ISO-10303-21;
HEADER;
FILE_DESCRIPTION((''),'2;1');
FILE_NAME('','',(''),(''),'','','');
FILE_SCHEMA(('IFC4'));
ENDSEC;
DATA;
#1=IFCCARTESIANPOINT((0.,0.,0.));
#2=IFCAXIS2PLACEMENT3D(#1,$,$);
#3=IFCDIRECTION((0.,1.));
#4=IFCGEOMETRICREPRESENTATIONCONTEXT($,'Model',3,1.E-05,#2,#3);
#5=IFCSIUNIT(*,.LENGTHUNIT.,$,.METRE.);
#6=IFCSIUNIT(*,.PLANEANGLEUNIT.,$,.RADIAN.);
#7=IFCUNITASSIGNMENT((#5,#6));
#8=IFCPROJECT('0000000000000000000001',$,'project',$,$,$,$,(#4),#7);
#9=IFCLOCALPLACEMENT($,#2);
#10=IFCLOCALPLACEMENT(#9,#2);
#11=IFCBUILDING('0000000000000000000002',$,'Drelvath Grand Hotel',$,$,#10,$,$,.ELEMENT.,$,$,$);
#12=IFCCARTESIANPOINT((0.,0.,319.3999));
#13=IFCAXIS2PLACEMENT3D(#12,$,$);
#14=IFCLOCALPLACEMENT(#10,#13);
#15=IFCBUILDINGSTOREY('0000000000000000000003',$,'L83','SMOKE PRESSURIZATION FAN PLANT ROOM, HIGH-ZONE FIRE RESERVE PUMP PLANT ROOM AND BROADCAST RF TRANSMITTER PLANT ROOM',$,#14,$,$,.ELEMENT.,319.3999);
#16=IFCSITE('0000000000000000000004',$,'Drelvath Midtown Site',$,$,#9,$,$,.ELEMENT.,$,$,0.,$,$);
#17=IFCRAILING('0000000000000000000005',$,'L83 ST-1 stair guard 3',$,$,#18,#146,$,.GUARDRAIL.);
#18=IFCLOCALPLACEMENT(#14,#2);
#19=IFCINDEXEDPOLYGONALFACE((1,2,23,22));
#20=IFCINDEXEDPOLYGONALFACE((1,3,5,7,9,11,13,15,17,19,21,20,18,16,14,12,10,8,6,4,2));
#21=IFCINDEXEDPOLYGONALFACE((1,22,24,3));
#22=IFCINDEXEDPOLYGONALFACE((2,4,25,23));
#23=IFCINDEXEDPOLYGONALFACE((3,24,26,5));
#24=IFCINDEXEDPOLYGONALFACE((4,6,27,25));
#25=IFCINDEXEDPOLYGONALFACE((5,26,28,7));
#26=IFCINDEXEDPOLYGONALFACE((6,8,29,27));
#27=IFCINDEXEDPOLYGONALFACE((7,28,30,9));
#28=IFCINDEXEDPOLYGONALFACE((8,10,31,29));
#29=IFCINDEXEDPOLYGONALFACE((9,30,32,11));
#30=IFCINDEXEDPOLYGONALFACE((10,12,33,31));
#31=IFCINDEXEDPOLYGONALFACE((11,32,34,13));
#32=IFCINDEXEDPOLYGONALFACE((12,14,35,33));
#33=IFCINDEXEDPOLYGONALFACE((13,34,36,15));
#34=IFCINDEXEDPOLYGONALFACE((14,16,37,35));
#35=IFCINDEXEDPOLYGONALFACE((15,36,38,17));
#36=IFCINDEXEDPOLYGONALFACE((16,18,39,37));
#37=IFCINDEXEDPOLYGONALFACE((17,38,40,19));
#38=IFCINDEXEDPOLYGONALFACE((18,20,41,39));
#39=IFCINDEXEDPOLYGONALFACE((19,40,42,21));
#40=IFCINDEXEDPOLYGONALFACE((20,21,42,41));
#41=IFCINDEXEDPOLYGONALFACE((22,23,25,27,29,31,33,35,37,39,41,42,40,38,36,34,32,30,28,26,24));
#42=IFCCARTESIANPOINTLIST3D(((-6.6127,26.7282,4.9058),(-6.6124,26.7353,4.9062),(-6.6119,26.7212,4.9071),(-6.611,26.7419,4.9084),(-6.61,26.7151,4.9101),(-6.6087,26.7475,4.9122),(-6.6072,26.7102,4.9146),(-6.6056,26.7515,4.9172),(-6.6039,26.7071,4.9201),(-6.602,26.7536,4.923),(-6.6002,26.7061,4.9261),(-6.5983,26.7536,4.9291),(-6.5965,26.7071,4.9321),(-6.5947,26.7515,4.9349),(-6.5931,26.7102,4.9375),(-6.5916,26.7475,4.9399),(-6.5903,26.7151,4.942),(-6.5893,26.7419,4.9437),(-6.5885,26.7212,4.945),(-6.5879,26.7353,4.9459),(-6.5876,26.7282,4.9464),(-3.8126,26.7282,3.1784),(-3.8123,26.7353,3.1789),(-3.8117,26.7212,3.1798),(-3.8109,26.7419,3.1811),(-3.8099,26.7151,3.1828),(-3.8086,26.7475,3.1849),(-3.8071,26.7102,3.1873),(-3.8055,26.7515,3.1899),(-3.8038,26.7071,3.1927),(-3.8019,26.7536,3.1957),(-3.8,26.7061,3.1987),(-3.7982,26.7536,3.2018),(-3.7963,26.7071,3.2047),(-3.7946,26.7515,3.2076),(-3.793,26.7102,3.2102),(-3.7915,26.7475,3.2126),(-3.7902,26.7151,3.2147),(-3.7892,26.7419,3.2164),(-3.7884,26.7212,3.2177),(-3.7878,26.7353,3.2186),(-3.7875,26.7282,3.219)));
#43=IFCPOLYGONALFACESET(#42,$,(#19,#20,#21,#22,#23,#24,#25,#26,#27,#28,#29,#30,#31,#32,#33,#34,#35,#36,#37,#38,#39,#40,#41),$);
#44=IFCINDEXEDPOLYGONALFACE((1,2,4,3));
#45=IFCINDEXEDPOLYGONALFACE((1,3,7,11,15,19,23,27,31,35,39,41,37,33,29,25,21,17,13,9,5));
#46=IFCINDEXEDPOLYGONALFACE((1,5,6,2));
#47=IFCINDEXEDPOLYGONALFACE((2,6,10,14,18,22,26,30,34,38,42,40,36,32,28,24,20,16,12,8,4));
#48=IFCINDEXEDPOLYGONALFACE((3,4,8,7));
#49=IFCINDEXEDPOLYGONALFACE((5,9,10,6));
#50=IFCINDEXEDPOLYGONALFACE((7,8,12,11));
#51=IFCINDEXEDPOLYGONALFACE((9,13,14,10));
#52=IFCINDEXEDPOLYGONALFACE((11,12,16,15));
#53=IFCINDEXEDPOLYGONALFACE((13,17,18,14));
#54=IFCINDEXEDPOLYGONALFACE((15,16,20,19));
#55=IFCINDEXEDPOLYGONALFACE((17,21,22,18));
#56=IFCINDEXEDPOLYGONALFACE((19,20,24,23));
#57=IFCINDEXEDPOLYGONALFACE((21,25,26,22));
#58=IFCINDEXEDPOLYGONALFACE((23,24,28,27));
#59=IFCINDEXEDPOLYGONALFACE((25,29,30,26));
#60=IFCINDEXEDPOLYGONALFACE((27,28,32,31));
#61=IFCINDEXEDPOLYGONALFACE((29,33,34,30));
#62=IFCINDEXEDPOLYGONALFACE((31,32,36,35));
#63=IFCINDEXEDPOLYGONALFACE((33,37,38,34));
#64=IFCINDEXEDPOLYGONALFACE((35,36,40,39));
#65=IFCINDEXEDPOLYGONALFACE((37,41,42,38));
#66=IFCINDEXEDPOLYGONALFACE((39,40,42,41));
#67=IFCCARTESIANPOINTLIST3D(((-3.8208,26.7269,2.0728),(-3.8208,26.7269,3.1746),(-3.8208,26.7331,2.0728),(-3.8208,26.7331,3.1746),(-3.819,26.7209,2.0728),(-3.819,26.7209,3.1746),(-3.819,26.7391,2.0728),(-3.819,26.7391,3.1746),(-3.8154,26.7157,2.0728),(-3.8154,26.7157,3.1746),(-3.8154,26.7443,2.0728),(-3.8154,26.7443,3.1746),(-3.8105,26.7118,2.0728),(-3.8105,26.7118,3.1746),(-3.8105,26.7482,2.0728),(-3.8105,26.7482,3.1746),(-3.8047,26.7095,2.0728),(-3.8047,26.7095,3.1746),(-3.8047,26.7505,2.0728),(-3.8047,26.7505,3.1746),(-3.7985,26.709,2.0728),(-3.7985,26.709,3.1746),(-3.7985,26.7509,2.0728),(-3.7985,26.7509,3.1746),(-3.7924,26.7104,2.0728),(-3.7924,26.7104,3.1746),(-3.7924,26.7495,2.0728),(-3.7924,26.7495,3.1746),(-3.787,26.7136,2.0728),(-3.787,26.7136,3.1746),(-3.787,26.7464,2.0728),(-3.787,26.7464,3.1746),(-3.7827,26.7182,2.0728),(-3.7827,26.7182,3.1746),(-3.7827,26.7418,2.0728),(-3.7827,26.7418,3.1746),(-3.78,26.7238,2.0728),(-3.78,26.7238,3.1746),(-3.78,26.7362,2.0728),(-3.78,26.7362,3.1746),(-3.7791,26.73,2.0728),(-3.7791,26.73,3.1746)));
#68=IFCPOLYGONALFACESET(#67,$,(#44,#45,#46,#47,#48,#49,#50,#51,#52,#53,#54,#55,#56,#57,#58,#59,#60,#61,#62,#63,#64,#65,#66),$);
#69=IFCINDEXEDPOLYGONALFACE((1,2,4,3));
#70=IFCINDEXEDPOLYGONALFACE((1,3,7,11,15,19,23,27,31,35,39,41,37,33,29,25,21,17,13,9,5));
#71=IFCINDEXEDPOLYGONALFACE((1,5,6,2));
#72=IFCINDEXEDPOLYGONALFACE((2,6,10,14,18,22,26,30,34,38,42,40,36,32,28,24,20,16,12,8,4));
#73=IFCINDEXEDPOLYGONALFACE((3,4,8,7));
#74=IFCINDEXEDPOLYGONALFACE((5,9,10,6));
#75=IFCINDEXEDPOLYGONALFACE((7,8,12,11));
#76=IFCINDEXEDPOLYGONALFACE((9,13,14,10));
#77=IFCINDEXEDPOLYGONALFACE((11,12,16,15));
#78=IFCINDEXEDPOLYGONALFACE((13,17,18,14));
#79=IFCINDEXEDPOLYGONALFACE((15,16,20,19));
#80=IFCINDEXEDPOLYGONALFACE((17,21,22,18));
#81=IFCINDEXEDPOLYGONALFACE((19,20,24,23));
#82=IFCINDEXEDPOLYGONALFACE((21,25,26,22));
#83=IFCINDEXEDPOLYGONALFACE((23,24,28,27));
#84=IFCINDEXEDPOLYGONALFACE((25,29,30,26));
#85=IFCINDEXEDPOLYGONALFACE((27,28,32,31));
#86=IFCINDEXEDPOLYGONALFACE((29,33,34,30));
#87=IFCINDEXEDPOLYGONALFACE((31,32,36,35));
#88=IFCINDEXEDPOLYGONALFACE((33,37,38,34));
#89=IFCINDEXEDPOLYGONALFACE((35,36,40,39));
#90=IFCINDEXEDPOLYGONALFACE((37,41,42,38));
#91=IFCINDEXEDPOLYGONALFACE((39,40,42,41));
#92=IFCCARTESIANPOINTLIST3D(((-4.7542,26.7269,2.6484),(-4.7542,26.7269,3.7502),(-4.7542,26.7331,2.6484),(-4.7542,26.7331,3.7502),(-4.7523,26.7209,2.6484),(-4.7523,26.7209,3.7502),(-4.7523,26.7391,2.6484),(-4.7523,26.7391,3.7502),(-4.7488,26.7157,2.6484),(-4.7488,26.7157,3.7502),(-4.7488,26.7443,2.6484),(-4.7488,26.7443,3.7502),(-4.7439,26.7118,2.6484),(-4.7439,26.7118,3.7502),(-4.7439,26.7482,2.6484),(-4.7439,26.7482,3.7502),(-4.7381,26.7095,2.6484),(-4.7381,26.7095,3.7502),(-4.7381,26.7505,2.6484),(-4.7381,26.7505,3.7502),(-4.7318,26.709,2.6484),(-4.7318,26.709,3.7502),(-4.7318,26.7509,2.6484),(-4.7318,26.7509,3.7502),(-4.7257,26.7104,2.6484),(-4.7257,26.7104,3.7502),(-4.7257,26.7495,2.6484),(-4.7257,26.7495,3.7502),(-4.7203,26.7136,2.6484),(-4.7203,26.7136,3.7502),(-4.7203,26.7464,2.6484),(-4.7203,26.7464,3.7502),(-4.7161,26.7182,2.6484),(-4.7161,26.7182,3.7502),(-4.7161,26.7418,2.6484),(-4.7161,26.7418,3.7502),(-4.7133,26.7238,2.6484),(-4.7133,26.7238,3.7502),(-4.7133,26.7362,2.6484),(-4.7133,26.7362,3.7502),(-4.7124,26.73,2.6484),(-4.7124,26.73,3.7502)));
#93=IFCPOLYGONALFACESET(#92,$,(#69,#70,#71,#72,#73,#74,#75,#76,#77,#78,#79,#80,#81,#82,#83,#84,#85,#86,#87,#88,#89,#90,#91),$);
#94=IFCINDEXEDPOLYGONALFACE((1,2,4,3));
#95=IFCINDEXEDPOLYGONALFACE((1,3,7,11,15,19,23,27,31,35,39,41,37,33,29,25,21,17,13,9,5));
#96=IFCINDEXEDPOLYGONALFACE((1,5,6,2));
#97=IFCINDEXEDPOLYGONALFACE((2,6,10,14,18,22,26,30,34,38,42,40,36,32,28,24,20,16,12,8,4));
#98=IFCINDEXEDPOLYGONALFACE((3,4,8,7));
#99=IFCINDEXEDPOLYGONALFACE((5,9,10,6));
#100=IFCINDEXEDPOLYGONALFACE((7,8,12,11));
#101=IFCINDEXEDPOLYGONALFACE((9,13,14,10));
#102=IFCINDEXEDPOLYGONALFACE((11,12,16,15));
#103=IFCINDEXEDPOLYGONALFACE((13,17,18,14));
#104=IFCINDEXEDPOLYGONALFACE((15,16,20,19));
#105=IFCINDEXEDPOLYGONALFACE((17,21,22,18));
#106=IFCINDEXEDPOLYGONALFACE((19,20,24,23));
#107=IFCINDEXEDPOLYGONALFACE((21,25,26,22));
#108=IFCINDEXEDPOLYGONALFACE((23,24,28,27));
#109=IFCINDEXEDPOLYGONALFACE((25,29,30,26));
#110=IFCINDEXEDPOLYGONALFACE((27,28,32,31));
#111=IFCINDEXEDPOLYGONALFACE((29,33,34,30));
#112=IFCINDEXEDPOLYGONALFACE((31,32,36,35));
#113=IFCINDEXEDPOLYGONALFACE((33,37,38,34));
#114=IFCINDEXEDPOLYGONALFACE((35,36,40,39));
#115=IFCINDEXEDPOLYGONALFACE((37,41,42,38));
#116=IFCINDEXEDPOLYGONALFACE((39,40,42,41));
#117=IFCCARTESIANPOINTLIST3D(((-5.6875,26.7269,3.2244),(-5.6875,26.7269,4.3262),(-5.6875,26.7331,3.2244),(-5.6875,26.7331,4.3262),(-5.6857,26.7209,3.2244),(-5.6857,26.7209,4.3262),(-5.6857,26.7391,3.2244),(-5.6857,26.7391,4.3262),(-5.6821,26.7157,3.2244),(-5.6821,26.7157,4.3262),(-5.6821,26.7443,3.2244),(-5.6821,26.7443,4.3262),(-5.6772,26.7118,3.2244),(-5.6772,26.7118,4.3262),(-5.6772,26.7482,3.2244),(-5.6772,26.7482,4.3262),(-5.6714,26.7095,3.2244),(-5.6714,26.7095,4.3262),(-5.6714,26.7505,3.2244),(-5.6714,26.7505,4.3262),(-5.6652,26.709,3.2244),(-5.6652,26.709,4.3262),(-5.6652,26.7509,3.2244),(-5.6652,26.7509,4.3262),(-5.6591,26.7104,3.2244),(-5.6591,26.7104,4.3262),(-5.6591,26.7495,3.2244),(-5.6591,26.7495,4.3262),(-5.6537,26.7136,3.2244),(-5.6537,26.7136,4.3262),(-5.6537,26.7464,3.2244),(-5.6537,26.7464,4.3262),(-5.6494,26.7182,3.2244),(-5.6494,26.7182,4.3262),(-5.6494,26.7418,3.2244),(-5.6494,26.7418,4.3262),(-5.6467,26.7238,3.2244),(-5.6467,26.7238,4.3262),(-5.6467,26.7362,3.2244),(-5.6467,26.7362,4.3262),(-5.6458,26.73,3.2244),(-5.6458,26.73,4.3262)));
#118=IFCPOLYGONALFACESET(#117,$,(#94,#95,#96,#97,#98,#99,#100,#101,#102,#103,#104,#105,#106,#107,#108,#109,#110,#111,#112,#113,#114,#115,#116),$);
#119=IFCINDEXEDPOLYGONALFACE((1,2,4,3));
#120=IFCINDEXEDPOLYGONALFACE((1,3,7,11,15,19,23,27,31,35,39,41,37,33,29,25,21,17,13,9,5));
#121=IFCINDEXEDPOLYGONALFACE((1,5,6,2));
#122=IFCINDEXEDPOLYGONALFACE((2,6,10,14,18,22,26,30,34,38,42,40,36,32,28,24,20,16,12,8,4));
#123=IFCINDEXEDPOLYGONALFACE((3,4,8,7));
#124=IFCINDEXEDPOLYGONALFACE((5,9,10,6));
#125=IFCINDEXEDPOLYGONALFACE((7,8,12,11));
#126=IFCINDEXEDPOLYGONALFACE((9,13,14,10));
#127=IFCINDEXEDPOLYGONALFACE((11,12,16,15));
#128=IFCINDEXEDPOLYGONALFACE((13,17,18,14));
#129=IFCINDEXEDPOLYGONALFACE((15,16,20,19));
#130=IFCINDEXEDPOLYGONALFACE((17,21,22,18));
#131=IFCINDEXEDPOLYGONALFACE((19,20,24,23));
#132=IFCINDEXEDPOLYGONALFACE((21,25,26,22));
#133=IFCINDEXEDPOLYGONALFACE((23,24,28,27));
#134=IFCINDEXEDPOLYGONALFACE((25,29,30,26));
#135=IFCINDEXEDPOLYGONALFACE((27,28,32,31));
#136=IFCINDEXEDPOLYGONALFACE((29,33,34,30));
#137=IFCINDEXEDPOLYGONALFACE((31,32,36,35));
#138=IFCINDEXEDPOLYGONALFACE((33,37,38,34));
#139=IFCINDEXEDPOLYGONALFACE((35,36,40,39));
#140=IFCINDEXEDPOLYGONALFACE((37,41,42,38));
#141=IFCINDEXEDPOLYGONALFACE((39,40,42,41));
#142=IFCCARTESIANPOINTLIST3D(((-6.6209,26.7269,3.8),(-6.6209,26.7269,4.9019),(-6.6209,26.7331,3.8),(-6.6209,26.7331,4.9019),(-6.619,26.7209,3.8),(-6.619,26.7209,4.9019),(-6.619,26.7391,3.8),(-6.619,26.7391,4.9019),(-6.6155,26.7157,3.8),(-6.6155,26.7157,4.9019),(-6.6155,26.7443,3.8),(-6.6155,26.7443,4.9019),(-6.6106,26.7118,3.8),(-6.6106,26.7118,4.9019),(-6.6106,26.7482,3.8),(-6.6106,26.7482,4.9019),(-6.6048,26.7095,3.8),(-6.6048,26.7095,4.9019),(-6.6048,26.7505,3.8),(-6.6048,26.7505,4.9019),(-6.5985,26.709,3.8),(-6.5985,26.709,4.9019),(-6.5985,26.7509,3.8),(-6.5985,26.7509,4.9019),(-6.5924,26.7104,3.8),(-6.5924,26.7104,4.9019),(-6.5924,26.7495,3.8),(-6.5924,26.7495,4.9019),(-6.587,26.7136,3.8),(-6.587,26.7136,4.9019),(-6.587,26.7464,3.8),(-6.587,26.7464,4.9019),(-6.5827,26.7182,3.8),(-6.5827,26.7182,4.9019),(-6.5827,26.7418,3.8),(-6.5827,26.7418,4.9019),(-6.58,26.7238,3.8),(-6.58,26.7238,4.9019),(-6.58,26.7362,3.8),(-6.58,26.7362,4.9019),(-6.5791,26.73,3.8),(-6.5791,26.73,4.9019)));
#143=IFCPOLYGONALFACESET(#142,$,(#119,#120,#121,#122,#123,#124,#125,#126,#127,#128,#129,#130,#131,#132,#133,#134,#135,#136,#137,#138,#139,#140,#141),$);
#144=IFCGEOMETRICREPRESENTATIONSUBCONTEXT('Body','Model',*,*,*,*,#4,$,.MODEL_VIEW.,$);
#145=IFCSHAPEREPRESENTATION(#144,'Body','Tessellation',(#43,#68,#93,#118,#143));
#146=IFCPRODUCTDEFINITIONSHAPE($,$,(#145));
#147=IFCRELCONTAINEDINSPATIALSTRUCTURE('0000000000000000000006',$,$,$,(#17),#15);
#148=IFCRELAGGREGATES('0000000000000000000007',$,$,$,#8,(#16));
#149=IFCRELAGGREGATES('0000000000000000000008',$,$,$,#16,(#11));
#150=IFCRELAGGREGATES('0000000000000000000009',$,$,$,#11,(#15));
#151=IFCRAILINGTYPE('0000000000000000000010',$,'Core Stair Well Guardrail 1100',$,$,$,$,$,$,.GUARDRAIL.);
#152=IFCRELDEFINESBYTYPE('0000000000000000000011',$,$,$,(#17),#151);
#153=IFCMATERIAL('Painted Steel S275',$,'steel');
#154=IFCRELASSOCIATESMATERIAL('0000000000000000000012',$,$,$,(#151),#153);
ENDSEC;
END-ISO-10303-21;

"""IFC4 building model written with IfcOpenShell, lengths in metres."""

from ifc_helpers import new_model, si_unit, direction, frame, origin, origin_2d, place, context, subcontext, project, spatial, circle, extrude, material, type_object, element, save


model = new_model("IFC4")

# Units and contexts
model_context = context("Model", 3, precision=1e-05, world=origin(), true_north=direction((0.0, 1.0)))
body_context = subcontext(model_context, "Body", "Model", "MODEL_VIEW")
ifc_project = project(units=[si_unit("LENGTHUNIT", "METRE"), si_unit("PLANEANGLEUNIT", "RADIAN")], contexts=[model_context])

# Site, building, storey
site_placement = place(None, origin())
site = spatial("IfcSite", under=ifc_project, at=site_placement, Name="Drelvath Midtown Site", CompositionType="ELEMENT", RefElevation=0.0)
building_placement = place(site_placement, origin())
building = spatial("IfcBuilding", under=site, at=building_placement, Name="Drelvath Grand Hotel", CompositionType="ELEMENT")
storey_placement = place(building_placement, frame((0.0, 0.0, 319.3999)))
storey = spatial("IfcBuildingStorey", under=building, at=storey_placement, Name="L83", Description="SMOKE PRESSURIZATION FAN PLANT ROOM, HIGH-ZONE FIRE RESERVE PUMP PLANT ROOM AND BROADCAST RF TRANSMITTER PLANT ROOM", CompositionType="ELEMENT", Elevation=319.3999)

# Shared definitions
ifc_material_1 = material(Name="Painted Steel S275", Category="steel")

# Railing
railing_type_1 = type_object("IfcRailingType", Name="Core Stair Well Guardrail 1100", PredefinedType="GUARDRAIL", material=ifc_material_1)
railing_1_placement = place(storey_placement, frame((-3.8, 26.73, 2.0728)))
element("IfcRailing", 1, at=railing_1_placement, inside=storey, type_object=railing_type_1, Name="L83 ST-1 stair guard 3", PredefinedType="GUARDRAIL", context=body_context, shape_type="SweptSolid", body=[
    extrude(circle(Radius=0.0239, at=origin_2d()), frame((0.0, 0.0, 1.126), z_axis=(-0.85109, 0.0, 0.52502), x_axis=(0.0, -1.0, 0.0)), (0.0, 0.0, 1.0), 3.29),
    extrude(circle(Radius=0.021, at=origin_2d()), origin(), (0.0, 0.0, 1.0), 1.1018),
    extrude(circle(Radius=0.021, at=origin_2d()), frame((-0.9333, 0.0, 0.5757)), (0.0, 0.0, 1.0), 1.1018),
    extrude(circle(Radius=0.021, at=origin_2d()), frame((-1.8667, 0.0, 1.1516)), (0.0, 0.0, 1.0), 1.1018),
    extrude(circle(Radius=0.021, at=origin_2d()), frame((-2.8, 0.0, 1.7273)), (0.0, 0.0, 1.0), 1.1018),
])

save(model, "model.ifc")
